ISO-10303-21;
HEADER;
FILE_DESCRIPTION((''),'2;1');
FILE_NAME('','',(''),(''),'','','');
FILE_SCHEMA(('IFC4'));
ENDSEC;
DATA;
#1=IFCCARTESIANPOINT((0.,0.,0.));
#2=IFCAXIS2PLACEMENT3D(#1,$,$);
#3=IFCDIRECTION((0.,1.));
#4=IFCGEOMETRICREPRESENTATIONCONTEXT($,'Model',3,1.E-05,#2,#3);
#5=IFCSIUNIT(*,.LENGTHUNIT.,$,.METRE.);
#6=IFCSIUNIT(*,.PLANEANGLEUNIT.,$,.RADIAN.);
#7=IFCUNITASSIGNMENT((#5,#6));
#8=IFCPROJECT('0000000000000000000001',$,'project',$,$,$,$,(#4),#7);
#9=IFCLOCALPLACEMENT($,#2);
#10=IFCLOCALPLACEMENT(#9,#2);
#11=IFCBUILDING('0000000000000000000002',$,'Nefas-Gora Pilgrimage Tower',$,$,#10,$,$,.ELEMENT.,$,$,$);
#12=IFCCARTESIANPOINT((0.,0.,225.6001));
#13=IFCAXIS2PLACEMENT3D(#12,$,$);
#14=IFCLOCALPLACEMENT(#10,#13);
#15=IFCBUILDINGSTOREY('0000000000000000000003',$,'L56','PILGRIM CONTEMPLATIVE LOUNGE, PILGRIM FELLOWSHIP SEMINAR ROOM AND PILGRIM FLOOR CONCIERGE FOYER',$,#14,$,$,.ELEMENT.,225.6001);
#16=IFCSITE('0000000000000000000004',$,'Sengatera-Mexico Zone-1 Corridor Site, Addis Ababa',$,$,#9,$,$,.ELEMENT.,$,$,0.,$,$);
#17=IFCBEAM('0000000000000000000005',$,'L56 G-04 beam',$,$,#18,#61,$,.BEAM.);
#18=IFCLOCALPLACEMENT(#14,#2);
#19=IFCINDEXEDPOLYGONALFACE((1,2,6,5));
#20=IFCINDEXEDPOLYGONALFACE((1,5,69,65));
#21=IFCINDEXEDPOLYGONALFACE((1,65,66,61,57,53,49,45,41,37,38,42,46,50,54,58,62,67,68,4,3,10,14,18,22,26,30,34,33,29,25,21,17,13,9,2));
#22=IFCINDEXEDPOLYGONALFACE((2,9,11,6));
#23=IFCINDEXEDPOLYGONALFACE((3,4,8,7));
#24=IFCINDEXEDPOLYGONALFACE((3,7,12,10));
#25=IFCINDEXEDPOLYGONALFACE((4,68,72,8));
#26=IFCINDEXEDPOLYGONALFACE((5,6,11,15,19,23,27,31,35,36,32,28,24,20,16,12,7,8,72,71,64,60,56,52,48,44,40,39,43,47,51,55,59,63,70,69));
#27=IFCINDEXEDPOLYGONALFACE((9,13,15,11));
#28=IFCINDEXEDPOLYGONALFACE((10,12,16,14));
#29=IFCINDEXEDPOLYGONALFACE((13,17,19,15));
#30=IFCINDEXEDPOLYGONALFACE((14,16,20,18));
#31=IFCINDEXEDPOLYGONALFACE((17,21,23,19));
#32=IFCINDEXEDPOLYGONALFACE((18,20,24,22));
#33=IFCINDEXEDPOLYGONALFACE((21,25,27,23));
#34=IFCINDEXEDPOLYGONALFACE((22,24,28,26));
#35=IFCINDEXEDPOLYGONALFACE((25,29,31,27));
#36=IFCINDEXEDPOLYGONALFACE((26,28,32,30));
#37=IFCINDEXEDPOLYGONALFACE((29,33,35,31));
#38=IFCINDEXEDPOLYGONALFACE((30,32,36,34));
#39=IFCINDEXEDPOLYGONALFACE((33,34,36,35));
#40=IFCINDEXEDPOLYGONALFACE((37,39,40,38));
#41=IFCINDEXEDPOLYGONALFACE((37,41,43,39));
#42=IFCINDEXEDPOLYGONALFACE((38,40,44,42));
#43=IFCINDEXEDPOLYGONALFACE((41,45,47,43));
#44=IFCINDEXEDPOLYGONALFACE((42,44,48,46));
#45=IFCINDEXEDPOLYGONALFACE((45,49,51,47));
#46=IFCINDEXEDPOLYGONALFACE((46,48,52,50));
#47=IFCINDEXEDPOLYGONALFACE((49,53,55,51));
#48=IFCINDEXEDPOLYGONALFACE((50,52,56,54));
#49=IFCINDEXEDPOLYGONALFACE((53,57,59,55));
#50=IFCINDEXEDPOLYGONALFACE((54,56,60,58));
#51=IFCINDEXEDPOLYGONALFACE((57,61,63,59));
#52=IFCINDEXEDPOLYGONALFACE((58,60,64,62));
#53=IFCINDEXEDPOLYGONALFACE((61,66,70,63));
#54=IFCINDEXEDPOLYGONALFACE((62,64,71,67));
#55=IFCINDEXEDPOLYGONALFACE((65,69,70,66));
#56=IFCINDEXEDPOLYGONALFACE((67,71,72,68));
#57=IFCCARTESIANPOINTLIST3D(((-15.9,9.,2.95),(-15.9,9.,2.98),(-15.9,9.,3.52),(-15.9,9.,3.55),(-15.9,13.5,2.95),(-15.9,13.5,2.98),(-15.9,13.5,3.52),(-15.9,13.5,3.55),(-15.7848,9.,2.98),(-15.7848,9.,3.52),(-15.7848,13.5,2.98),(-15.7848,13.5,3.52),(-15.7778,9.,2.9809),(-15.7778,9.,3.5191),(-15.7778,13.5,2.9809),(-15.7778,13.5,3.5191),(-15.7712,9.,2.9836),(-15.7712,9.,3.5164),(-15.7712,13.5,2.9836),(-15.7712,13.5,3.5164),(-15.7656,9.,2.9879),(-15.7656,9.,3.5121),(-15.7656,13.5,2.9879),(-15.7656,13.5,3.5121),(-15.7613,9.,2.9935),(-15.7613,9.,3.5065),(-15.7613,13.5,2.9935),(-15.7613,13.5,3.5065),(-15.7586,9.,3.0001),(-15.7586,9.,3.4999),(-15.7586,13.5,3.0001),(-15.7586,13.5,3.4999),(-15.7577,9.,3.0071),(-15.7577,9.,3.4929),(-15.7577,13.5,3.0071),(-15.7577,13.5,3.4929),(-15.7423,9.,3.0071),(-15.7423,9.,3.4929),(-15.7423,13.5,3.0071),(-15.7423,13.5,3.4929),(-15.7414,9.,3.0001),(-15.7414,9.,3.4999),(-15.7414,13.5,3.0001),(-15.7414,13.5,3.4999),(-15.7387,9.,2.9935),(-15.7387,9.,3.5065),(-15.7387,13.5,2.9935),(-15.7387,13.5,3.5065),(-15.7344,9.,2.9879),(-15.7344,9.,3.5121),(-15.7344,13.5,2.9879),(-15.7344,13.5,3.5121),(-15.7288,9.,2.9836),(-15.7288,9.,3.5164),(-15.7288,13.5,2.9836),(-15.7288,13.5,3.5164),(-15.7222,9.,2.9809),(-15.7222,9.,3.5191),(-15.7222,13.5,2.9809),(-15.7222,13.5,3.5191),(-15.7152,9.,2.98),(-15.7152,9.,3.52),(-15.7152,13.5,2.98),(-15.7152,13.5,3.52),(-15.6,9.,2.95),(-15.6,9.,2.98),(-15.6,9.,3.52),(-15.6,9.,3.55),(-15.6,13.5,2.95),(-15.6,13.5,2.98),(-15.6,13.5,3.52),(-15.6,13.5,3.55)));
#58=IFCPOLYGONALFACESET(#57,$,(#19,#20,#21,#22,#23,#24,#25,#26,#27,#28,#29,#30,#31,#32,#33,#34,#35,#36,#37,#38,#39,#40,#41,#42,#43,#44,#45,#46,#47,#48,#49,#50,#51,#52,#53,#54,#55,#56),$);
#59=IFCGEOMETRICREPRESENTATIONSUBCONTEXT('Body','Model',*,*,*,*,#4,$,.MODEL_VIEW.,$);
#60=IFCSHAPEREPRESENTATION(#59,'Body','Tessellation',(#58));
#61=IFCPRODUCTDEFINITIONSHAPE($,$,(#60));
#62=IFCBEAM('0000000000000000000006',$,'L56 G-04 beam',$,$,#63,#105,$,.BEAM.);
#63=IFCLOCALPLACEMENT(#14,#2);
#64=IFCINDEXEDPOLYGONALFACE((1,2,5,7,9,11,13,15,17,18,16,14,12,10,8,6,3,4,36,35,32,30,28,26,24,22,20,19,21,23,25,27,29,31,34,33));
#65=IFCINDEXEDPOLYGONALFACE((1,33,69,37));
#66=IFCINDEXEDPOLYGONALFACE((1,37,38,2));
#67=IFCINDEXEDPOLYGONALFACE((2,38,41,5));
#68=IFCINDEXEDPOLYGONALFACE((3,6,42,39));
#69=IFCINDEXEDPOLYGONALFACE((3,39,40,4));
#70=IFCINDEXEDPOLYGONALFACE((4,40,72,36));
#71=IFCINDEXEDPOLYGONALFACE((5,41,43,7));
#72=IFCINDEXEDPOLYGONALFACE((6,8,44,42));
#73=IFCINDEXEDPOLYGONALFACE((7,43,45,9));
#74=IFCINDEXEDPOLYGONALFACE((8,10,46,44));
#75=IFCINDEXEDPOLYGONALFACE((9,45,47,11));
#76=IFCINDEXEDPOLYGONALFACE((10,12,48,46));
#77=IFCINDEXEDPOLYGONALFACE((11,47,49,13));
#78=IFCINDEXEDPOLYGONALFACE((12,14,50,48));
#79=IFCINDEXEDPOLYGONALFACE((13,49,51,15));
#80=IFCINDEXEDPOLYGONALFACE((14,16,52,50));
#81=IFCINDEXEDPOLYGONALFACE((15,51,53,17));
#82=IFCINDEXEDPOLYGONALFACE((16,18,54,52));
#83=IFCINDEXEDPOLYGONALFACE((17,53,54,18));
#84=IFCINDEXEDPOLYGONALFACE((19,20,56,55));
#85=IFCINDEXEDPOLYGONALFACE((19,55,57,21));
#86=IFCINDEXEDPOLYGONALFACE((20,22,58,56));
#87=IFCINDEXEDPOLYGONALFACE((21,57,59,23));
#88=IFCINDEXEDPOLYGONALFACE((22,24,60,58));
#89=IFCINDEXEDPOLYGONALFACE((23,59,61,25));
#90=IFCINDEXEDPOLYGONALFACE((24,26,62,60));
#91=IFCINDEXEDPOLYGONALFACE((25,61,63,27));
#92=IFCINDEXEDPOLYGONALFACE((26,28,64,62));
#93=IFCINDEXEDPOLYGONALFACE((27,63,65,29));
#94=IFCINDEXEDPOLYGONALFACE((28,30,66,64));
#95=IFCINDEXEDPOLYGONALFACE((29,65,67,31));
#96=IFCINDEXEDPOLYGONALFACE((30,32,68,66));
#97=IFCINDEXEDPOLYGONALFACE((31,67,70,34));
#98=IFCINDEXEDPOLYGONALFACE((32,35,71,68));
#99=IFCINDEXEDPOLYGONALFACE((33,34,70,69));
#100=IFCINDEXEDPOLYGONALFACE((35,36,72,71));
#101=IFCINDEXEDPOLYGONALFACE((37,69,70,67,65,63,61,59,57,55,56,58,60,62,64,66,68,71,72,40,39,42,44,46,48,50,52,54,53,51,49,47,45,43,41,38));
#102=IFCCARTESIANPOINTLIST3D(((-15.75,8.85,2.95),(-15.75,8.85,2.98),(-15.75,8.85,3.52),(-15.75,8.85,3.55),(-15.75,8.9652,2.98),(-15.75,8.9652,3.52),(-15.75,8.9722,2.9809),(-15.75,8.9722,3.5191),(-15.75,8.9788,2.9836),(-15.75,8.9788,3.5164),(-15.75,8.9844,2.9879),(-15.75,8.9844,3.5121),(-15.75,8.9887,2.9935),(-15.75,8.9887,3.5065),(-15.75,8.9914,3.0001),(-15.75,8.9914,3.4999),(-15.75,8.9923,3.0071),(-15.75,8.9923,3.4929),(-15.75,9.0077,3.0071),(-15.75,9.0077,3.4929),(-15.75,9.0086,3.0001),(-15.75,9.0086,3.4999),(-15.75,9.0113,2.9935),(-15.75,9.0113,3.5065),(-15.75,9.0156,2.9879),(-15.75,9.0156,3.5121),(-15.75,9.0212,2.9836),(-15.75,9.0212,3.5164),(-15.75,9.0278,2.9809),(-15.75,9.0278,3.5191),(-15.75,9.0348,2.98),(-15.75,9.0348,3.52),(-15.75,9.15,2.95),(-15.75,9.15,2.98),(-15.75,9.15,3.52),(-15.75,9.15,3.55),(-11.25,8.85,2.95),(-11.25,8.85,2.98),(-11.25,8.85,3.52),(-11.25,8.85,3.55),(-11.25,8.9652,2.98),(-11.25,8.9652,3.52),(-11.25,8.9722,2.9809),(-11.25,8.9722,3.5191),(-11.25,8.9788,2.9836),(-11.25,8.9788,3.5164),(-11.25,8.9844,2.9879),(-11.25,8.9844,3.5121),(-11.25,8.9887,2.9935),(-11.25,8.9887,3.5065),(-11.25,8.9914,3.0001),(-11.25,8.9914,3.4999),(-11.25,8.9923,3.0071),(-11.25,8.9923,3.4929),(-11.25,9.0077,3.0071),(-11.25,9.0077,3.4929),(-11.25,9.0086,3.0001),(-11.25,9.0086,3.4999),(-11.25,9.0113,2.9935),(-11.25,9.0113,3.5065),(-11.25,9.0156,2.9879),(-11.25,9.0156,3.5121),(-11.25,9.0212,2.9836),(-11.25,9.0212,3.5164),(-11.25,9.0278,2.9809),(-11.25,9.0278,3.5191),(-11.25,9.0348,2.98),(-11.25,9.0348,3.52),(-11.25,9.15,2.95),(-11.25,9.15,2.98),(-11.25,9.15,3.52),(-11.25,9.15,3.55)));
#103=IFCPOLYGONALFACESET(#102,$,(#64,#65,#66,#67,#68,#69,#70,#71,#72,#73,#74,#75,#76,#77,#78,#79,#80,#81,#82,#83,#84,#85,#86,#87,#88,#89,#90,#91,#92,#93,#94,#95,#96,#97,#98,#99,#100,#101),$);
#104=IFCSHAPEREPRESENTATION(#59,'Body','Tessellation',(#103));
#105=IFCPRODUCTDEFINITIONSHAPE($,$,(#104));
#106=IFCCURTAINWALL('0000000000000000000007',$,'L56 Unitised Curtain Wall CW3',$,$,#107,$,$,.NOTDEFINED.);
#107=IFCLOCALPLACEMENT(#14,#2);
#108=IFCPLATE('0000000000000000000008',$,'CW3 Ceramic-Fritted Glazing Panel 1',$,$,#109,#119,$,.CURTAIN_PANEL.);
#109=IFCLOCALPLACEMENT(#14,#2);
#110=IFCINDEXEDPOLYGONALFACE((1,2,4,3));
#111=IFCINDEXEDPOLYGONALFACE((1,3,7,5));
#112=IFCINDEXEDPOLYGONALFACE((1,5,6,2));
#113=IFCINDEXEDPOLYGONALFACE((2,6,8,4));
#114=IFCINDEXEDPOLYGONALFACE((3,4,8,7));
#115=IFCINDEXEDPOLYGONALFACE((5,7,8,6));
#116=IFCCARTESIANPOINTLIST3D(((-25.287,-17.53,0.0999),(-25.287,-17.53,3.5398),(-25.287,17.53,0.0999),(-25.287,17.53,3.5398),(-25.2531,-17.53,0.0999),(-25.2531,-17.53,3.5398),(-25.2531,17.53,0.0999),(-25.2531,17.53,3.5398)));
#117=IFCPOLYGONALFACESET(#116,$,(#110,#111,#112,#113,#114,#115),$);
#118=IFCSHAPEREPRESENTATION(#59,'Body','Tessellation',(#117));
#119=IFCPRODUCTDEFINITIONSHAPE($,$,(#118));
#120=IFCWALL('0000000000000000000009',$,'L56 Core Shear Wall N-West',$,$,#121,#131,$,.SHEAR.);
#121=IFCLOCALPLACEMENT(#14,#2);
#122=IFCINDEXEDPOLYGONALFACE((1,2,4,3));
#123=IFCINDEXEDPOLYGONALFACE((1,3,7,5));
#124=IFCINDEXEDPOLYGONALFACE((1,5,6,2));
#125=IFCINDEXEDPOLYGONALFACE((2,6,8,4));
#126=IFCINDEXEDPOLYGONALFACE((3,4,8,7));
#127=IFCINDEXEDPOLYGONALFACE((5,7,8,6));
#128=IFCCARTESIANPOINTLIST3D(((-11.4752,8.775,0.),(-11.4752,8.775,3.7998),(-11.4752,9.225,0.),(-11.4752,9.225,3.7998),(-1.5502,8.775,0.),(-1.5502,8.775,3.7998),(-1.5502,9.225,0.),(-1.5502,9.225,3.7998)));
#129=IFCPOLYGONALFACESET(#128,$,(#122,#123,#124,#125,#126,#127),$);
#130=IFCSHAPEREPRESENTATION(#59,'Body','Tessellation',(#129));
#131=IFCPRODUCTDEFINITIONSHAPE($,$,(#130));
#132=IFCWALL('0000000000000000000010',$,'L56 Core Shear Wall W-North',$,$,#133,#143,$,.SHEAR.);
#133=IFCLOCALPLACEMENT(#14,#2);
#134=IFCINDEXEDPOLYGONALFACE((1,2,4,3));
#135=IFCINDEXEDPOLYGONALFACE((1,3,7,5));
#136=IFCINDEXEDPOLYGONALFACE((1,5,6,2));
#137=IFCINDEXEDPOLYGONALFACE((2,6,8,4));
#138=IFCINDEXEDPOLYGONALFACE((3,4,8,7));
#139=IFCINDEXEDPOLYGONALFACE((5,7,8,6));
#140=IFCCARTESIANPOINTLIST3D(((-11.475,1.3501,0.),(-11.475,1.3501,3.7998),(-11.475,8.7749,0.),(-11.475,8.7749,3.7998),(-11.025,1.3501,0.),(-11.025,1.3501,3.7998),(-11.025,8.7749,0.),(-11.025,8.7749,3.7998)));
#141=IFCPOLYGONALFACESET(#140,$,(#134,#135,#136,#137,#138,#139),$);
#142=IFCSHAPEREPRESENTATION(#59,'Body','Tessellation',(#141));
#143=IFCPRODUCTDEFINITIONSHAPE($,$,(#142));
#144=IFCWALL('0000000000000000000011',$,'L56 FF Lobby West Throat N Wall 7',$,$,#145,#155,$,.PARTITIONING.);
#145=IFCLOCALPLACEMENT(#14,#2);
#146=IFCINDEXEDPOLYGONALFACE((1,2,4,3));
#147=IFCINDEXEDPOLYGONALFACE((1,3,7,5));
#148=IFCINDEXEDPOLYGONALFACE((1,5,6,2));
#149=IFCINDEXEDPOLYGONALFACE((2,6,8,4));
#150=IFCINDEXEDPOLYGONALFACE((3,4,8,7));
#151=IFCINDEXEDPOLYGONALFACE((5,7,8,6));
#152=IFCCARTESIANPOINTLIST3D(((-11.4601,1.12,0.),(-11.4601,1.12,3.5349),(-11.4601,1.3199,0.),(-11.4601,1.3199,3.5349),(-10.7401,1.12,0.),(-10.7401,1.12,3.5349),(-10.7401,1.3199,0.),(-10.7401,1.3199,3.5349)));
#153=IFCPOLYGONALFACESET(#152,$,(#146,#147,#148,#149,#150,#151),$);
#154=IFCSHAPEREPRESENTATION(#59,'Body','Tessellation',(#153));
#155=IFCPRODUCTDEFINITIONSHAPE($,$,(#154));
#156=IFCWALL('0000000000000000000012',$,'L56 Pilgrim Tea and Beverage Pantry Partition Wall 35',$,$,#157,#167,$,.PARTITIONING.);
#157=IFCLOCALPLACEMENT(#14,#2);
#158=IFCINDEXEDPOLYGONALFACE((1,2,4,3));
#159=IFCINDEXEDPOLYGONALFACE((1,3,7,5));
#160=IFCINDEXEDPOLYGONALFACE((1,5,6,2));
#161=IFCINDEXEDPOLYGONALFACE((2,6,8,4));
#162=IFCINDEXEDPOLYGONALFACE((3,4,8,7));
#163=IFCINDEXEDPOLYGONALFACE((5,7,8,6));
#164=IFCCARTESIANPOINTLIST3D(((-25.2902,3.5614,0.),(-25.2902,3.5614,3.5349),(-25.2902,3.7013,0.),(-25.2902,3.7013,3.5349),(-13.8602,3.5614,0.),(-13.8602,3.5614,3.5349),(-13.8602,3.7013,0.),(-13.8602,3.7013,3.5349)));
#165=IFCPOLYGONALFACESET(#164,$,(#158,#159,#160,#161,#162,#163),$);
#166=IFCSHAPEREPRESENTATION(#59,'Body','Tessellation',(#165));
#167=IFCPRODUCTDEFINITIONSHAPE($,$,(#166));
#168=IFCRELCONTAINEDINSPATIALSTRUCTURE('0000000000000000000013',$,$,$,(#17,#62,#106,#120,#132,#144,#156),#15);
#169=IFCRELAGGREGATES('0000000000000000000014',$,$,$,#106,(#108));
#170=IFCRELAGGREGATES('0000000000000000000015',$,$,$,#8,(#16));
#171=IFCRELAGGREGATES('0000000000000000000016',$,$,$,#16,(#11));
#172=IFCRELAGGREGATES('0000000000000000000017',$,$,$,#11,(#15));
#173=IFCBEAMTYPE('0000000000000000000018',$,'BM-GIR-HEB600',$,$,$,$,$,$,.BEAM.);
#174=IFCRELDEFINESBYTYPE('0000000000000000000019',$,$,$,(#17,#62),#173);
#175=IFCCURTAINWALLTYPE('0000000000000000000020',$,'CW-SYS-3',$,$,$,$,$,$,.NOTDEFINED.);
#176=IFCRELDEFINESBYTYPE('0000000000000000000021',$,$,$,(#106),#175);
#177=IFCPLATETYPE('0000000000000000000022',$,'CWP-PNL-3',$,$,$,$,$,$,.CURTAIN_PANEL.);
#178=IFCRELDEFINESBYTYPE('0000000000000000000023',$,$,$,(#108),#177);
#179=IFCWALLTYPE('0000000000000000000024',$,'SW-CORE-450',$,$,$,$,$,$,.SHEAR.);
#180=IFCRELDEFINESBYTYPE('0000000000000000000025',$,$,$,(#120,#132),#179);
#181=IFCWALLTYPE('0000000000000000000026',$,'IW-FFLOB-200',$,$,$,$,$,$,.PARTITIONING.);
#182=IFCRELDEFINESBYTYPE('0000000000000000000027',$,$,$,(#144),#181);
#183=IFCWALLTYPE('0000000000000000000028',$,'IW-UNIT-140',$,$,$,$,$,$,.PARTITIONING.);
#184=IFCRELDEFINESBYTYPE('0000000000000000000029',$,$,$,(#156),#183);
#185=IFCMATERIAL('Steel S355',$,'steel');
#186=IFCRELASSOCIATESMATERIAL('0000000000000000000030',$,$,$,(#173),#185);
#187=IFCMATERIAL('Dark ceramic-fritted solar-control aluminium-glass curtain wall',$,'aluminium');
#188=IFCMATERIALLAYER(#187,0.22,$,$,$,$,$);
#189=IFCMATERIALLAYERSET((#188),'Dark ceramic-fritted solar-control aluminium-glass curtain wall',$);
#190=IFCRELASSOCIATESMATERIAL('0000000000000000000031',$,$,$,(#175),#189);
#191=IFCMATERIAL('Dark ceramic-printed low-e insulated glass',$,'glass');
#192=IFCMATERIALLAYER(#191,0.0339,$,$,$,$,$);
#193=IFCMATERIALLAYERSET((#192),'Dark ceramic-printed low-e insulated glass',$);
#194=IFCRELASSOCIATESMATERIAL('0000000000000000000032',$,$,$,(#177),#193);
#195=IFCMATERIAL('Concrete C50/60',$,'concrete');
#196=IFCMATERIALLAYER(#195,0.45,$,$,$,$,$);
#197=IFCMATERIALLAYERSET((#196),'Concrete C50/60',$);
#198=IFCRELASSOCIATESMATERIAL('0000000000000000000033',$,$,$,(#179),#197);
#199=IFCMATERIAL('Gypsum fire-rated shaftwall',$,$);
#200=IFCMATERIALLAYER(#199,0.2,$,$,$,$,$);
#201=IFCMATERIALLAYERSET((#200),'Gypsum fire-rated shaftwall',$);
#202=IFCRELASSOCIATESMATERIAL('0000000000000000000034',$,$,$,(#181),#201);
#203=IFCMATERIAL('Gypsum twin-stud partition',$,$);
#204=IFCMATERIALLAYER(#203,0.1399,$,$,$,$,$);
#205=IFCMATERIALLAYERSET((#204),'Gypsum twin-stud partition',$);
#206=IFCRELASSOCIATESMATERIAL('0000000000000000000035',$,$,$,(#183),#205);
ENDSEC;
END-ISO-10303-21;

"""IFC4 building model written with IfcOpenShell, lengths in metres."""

from ifc_helpers import new_model, si_unit, direction, frame, frame_2d, origin, origin_2d, place, context, subcontext, project, spatial, rectangle, i_section, extrude, source, transform, mapped, material, layer, layer_set, material_profile, profile_set, type_object, element, aggregate, save


model = new_model("IFC4")

# Units and contexts
model_context = context("Model", 3, precision=1e-05, world=origin(), true_north=direction((0.0, 1.0)))
body_context = subcontext(model_context, "Body", "Model", "MODEL_VIEW")
ifc_project = project(units=[si_unit("LENGTHUNIT", "METRE"), si_unit("PLANEANGLEUNIT", "RADIAN")], contexts=[model_context])

# Site, building, storey
site_placement = place(None, origin())
site = spatial("IfcSite", under=ifc_project, at=site_placement, Name="Sengatera-Mexico Zone-1 Corridor Site, Addis Ababa", CompositionType="ELEMENT", RefElevation=0.0)
building_placement = place(site_placement, origin())
building = spatial("IfcBuilding", under=site, at=building_placement, Name="Nefas-Gora Pilgrimage Tower", CompositionType="ELEMENT")
storey_placement = place(building_placement, frame((0.0, 0.0, 225.6001)))
storey = spatial("IfcBuildingStorey", under=building, at=storey_placement, Name="L56", Description="PILGRIM CONTEMPLATIVE LOUNGE, PILGRIM FELLOWSHIP SEMINAR ROOM AND PILGRIM FLOOR CONCIERGE FOYER", CompositionType="ELEMENT", Elevation=225.6001)

# Beams
ifc_material_1 = material(Name="Steel S355", Category="steel")
ifc_material_profile_1 = material_profile(ifc_material_1, i_section(OverallWidth=0.3, OverallDepth=0.6001, WebThickness=0.0154, FlangeThickness=0.03, FilletRadius=0.0271, at=origin_2d()), Name="HEB 600")
ifc_profile_set_1 = profile_set([ifc_material_profile_1], Name="Steel S355")
beam_type_1 = type_object("IfcBeamType", Name="BM-GIR-HEB600", PredefinedType="BEAM", material=ifc_profile_set_1)
shared_shape_1 = source(origin(), body_context, "Body", "SweptSolid", [
    extrude(i_section(OverallWidth=0.3, OverallDepth=0.6001, WebThickness=0.0154, FlangeThickness=0.03, FilletRadius=0.0271, at=origin_2d()), origin(), (0.0, 0.0, 1.0), 4.5),
])
for number, where, z_axis, x_axis, name in (
    (1, (-15.75, 9.0, 3.25), (0.0, 1.0, 0.0), (-1.0, 0.0, 0.0), "L56 G-04 beam"),
    (2, (-15.75, 9.0, 3.25), (1.0, 0.0, 0.0), (0.0, 1.0, 0.0), "L56 G-04 beam"),
):
    element("IfcBeam", number, at=place(storey_placement, frame(where, z_axis=z_axis, x_axis=x_axis)), inside=storey, type_object=beam_type_1, Name=name, PredefinedType="BEAM", context=body_context, shape_type="MappedRepresentation", body=[
        mapped(shared_shape_1, transform((0.0, 0.0, 0.0), x_axis=(1.0, 0.0, 0.0), y_axis=(0.0, 1.0, 0.0), z_axis=(0.0, 0.0, 1.0), scale=1.0)),
    ])

# Curtain wall, plate
ifc_material_2 = material(Name="Dark ceramic-fritted solar-control aluminium-glass curtain wall", Category="aluminium")
ifc_layer_1 = layer(ifc_material_2, 0.22)
ifc_layer_set_1 = layer_set([ifc_layer_1], Name="Dark ceramic-fritted solar-control aluminium-glass curtain wall")
curtain_wall_type = type_object("IfcCurtainWallType", Name="CW-SYS-3", PredefinedType="NOTDEFINED", material=ifc_layer_set_1)
curtain_wall_placement = place(storey_placement, origin())
curtain_wall = element("IfcCurtainWall", 3, at=curtain_wall_placement, inside=storey, type_object=curtain_wall_type, Name="L56 Unitised Curtain Wall CW3", PredefinedType="NOTDEFINED")
ifc_material_3 = material(Name="Dark ceramic-printed low-e insulated glass", Category="glass")
ifc_layer_2 = layer(ifc_material_3, 0.0339)
ifc_layer_set_2 = layer_set([ifc_layer_2], Name="Dark ceramic-printed low-e insulated glass")
plate_type = type_object("IfcPlateType", Name="CWP-PNL-3", PredefinedType="CURTAIN_PANEL", material=ifc_layer_set_2)
shared_shape_2 = source(origin(), body_context, "Body", "SweptSolid", [
    extrude(rectangle(XDim=35.0601, YDim=0.0339, at=origin_2d()), origin(), (0.0, 0.0, 1.0), 3.4399),
])
plate_placement = place(storey_placement, frame((-25.27, 0.0, 0.0999), z_axis=(0.0, 0.0, 1.0), x_axis=(0.0, -1.0, 0.0)))
plate = element("IfcPlate", 4, at=plate_placement, type_object=plate_type, Name="CW3 Ceramic-Fritted Glazing Panel 1", PredefinedType="CURTAIN_PANEL", context=body_context, shape_type="MappedRepresentation", body=[
    mapped(shared_shape_2, transform((0.0, 0.0, 0.0), x_axis=(1.0, 0.0, 0.0), y_axis=(0.0, 1.0, 0.0), z_axis=(0.0, 0.0, 1.0), scale=1.0)),
])
aggregate(curtain_wall, [plate])

# Walls
ifc_material_4 = material(Name="Concrete C50/60", Category="concrete")
ifc_layer_3 = layer(ifc_material_4, 0.45)
ifc_layer_set_3 = layer_set([ifc_layer_3], Name="Concrete C50/60")
wall_type_1 = type_object("IfcWallType", Name="SW-CORE-450", PredefinedType="SHEAR", material=ifc_layer_set_3)
shared_shape_3 = source(origin(), body_context, "Body", "SweptSolid", [
    extrude(rectangle(XDim=9.925, YDim=0.45, at=frame_2d((4.9624, 0.0))), origin(), (0.0, 0.0, 1.0), 3.7998),
])
wall_1_placement = place(storey_placement, frame((-11.4751, 9.0, 0.0), z_axis=(0.0, 0.0, 1.0), x_axis=(1.0, 0.0, 0.0)))
element("IfcWall", 5, at=wall_1_placement, inside=storey, type_object=wall_type_1, Name="L56 Core Shear Wall N-West", PredefinedType="SHEAR", context=body_context, shape_type="MappedRepresentation", body=[
    mapped(shared_shape_3, transform((0.0, 0.0, 0.0), x_axis=(1.0, 0.0, 0.0), y_axis=(0.0, 1.0, 0.0), z_axis=(0.0, 0.0, 1.0), scale=1.0)),
])
shared_shape_4 = source(origin(), body_context, "Body", "SweptSolid", [
    extrude(rectangle(XDim=7.4248, YDim=0.45, at=frame_2d((3.7124, 0.0))), origin(), (0.0, 0.0, 1.0), 3.7998),
])
wall_2_placement = place(storey_placement, frame((-11.25, 1.3501, 0.0), z_axis=(0.0, 0.0, 1.0), x_axis=(0.0, 1.0, 0.0)))
element("IfcWall", 6, at=wall_2_placement, inside=storey, type_object=wall_type_1, Name="L56 Core Shear Wall W-North", PredefinedType="SHEAR", context=body_context, shape_type="MappedRepresentation", body=[
    mapped(shared_shape_4, transform((0.0, 0.0, 0.0), x_axis=(1.0, 0.0, 0.0), y_axis=(0.0, 1.0, 0.0), z_axis=(0.0, 0.0, 1.0), scale=1.0)),
])
ifc_material_5 = material(Name="Gypsum fire-rated shaftwall")
ifc_layer_4 = layer(ifc_material_5, 0.2)
ifc_layer_set_4 = layer_set([ifc_layer_4], Name="Gypsum fire-rated shaftwall")
wall_type_2 = type_object("IfcWallType", Name="IW-FFLOB-200", PredefinedType="PARTITIONING", material=ifc_layer_set_4)
shared_shape_5 = source(origin(), body_context, "Body", "SweptSolid", [
    extrude(rectangle(XDim=0.72, YDim=0.2, at=frame_2d((0.3599, 0.0))), origin(), (0.0, 0.0, 1.0), 3.5349),
])
wall_3_placement = place(storey_placement, frame((-11.46, 1.22, 0.0), z_axis=(0.0, 0.0, 1.0), x_axis=(1.0, 0.0, 0.0)))
element("IfcWall", 7, at=wall_3_placement, inside=storey, type_object=wall_type_2, Name="L56 FF Lobby West Throat N Wall 7", PredefinedType="PARTITIONING", context=body_context, shape_type="MappedRepresentation", body=[
    mapped(shared_shape_5, transform((0.0, 0.0, 0.0), x_axis=(1.0, 0.0, 0.0), y_axis=(0.0, 1.0, 0.0), z_axis=(0.0, 0.0, 1.0), scale=1.0)),
])
ifc_material_6 = material(Name="Gypsum twin-stud partition")
ifc_layer_5 = layer(ifc_material_6, 0.1399)
ifc_layer_set_5 = layer_set([ifc_layer_5], Name="Gypsum twin-stud partition")
wall_type_3 = type_object("IfcWallType", Name="IW-UNIT-140", PredefinedType="PARTITIONING", material=ifc_layer_set_5)
shared_shape_6 = source(origin(), body_context, "Body", "SweptSolid", [
    extrude(rectangle(XDim=11.4299, YDim=0.1399, at=frame_2d((5.7148, 0.0))), origin(), (0.0, 0.0, 1.0), 3.5349),
])
wall_4_placement = place(storey_placement, frame((-25.29, 3.6313, 0.0), z_axis=(0.0, 0.0, 1.0), x_axis=(1.0, 0.0, 0.0)))
element("IfcWall", 8, at=wall_4_placement, inside=storey, type_object=wall_type_3, Name="L56 Pilgrim Tea and Beverage Pantry Partition Wall 35", PredefinedType="PARTITIONING", context=body_context, shape_type="MappedRepresentation", body=[
    mapped(shared_shape_6, transform((0.0, 0.0, 0.0), x_axis=(1.0, 0.0, 0.0), y_axis=(0.0, 1.0, 0.0), z_axis=(0.0, 0.0, 1.0), scale=1.0)),
])

save(model, "model.ifc")
